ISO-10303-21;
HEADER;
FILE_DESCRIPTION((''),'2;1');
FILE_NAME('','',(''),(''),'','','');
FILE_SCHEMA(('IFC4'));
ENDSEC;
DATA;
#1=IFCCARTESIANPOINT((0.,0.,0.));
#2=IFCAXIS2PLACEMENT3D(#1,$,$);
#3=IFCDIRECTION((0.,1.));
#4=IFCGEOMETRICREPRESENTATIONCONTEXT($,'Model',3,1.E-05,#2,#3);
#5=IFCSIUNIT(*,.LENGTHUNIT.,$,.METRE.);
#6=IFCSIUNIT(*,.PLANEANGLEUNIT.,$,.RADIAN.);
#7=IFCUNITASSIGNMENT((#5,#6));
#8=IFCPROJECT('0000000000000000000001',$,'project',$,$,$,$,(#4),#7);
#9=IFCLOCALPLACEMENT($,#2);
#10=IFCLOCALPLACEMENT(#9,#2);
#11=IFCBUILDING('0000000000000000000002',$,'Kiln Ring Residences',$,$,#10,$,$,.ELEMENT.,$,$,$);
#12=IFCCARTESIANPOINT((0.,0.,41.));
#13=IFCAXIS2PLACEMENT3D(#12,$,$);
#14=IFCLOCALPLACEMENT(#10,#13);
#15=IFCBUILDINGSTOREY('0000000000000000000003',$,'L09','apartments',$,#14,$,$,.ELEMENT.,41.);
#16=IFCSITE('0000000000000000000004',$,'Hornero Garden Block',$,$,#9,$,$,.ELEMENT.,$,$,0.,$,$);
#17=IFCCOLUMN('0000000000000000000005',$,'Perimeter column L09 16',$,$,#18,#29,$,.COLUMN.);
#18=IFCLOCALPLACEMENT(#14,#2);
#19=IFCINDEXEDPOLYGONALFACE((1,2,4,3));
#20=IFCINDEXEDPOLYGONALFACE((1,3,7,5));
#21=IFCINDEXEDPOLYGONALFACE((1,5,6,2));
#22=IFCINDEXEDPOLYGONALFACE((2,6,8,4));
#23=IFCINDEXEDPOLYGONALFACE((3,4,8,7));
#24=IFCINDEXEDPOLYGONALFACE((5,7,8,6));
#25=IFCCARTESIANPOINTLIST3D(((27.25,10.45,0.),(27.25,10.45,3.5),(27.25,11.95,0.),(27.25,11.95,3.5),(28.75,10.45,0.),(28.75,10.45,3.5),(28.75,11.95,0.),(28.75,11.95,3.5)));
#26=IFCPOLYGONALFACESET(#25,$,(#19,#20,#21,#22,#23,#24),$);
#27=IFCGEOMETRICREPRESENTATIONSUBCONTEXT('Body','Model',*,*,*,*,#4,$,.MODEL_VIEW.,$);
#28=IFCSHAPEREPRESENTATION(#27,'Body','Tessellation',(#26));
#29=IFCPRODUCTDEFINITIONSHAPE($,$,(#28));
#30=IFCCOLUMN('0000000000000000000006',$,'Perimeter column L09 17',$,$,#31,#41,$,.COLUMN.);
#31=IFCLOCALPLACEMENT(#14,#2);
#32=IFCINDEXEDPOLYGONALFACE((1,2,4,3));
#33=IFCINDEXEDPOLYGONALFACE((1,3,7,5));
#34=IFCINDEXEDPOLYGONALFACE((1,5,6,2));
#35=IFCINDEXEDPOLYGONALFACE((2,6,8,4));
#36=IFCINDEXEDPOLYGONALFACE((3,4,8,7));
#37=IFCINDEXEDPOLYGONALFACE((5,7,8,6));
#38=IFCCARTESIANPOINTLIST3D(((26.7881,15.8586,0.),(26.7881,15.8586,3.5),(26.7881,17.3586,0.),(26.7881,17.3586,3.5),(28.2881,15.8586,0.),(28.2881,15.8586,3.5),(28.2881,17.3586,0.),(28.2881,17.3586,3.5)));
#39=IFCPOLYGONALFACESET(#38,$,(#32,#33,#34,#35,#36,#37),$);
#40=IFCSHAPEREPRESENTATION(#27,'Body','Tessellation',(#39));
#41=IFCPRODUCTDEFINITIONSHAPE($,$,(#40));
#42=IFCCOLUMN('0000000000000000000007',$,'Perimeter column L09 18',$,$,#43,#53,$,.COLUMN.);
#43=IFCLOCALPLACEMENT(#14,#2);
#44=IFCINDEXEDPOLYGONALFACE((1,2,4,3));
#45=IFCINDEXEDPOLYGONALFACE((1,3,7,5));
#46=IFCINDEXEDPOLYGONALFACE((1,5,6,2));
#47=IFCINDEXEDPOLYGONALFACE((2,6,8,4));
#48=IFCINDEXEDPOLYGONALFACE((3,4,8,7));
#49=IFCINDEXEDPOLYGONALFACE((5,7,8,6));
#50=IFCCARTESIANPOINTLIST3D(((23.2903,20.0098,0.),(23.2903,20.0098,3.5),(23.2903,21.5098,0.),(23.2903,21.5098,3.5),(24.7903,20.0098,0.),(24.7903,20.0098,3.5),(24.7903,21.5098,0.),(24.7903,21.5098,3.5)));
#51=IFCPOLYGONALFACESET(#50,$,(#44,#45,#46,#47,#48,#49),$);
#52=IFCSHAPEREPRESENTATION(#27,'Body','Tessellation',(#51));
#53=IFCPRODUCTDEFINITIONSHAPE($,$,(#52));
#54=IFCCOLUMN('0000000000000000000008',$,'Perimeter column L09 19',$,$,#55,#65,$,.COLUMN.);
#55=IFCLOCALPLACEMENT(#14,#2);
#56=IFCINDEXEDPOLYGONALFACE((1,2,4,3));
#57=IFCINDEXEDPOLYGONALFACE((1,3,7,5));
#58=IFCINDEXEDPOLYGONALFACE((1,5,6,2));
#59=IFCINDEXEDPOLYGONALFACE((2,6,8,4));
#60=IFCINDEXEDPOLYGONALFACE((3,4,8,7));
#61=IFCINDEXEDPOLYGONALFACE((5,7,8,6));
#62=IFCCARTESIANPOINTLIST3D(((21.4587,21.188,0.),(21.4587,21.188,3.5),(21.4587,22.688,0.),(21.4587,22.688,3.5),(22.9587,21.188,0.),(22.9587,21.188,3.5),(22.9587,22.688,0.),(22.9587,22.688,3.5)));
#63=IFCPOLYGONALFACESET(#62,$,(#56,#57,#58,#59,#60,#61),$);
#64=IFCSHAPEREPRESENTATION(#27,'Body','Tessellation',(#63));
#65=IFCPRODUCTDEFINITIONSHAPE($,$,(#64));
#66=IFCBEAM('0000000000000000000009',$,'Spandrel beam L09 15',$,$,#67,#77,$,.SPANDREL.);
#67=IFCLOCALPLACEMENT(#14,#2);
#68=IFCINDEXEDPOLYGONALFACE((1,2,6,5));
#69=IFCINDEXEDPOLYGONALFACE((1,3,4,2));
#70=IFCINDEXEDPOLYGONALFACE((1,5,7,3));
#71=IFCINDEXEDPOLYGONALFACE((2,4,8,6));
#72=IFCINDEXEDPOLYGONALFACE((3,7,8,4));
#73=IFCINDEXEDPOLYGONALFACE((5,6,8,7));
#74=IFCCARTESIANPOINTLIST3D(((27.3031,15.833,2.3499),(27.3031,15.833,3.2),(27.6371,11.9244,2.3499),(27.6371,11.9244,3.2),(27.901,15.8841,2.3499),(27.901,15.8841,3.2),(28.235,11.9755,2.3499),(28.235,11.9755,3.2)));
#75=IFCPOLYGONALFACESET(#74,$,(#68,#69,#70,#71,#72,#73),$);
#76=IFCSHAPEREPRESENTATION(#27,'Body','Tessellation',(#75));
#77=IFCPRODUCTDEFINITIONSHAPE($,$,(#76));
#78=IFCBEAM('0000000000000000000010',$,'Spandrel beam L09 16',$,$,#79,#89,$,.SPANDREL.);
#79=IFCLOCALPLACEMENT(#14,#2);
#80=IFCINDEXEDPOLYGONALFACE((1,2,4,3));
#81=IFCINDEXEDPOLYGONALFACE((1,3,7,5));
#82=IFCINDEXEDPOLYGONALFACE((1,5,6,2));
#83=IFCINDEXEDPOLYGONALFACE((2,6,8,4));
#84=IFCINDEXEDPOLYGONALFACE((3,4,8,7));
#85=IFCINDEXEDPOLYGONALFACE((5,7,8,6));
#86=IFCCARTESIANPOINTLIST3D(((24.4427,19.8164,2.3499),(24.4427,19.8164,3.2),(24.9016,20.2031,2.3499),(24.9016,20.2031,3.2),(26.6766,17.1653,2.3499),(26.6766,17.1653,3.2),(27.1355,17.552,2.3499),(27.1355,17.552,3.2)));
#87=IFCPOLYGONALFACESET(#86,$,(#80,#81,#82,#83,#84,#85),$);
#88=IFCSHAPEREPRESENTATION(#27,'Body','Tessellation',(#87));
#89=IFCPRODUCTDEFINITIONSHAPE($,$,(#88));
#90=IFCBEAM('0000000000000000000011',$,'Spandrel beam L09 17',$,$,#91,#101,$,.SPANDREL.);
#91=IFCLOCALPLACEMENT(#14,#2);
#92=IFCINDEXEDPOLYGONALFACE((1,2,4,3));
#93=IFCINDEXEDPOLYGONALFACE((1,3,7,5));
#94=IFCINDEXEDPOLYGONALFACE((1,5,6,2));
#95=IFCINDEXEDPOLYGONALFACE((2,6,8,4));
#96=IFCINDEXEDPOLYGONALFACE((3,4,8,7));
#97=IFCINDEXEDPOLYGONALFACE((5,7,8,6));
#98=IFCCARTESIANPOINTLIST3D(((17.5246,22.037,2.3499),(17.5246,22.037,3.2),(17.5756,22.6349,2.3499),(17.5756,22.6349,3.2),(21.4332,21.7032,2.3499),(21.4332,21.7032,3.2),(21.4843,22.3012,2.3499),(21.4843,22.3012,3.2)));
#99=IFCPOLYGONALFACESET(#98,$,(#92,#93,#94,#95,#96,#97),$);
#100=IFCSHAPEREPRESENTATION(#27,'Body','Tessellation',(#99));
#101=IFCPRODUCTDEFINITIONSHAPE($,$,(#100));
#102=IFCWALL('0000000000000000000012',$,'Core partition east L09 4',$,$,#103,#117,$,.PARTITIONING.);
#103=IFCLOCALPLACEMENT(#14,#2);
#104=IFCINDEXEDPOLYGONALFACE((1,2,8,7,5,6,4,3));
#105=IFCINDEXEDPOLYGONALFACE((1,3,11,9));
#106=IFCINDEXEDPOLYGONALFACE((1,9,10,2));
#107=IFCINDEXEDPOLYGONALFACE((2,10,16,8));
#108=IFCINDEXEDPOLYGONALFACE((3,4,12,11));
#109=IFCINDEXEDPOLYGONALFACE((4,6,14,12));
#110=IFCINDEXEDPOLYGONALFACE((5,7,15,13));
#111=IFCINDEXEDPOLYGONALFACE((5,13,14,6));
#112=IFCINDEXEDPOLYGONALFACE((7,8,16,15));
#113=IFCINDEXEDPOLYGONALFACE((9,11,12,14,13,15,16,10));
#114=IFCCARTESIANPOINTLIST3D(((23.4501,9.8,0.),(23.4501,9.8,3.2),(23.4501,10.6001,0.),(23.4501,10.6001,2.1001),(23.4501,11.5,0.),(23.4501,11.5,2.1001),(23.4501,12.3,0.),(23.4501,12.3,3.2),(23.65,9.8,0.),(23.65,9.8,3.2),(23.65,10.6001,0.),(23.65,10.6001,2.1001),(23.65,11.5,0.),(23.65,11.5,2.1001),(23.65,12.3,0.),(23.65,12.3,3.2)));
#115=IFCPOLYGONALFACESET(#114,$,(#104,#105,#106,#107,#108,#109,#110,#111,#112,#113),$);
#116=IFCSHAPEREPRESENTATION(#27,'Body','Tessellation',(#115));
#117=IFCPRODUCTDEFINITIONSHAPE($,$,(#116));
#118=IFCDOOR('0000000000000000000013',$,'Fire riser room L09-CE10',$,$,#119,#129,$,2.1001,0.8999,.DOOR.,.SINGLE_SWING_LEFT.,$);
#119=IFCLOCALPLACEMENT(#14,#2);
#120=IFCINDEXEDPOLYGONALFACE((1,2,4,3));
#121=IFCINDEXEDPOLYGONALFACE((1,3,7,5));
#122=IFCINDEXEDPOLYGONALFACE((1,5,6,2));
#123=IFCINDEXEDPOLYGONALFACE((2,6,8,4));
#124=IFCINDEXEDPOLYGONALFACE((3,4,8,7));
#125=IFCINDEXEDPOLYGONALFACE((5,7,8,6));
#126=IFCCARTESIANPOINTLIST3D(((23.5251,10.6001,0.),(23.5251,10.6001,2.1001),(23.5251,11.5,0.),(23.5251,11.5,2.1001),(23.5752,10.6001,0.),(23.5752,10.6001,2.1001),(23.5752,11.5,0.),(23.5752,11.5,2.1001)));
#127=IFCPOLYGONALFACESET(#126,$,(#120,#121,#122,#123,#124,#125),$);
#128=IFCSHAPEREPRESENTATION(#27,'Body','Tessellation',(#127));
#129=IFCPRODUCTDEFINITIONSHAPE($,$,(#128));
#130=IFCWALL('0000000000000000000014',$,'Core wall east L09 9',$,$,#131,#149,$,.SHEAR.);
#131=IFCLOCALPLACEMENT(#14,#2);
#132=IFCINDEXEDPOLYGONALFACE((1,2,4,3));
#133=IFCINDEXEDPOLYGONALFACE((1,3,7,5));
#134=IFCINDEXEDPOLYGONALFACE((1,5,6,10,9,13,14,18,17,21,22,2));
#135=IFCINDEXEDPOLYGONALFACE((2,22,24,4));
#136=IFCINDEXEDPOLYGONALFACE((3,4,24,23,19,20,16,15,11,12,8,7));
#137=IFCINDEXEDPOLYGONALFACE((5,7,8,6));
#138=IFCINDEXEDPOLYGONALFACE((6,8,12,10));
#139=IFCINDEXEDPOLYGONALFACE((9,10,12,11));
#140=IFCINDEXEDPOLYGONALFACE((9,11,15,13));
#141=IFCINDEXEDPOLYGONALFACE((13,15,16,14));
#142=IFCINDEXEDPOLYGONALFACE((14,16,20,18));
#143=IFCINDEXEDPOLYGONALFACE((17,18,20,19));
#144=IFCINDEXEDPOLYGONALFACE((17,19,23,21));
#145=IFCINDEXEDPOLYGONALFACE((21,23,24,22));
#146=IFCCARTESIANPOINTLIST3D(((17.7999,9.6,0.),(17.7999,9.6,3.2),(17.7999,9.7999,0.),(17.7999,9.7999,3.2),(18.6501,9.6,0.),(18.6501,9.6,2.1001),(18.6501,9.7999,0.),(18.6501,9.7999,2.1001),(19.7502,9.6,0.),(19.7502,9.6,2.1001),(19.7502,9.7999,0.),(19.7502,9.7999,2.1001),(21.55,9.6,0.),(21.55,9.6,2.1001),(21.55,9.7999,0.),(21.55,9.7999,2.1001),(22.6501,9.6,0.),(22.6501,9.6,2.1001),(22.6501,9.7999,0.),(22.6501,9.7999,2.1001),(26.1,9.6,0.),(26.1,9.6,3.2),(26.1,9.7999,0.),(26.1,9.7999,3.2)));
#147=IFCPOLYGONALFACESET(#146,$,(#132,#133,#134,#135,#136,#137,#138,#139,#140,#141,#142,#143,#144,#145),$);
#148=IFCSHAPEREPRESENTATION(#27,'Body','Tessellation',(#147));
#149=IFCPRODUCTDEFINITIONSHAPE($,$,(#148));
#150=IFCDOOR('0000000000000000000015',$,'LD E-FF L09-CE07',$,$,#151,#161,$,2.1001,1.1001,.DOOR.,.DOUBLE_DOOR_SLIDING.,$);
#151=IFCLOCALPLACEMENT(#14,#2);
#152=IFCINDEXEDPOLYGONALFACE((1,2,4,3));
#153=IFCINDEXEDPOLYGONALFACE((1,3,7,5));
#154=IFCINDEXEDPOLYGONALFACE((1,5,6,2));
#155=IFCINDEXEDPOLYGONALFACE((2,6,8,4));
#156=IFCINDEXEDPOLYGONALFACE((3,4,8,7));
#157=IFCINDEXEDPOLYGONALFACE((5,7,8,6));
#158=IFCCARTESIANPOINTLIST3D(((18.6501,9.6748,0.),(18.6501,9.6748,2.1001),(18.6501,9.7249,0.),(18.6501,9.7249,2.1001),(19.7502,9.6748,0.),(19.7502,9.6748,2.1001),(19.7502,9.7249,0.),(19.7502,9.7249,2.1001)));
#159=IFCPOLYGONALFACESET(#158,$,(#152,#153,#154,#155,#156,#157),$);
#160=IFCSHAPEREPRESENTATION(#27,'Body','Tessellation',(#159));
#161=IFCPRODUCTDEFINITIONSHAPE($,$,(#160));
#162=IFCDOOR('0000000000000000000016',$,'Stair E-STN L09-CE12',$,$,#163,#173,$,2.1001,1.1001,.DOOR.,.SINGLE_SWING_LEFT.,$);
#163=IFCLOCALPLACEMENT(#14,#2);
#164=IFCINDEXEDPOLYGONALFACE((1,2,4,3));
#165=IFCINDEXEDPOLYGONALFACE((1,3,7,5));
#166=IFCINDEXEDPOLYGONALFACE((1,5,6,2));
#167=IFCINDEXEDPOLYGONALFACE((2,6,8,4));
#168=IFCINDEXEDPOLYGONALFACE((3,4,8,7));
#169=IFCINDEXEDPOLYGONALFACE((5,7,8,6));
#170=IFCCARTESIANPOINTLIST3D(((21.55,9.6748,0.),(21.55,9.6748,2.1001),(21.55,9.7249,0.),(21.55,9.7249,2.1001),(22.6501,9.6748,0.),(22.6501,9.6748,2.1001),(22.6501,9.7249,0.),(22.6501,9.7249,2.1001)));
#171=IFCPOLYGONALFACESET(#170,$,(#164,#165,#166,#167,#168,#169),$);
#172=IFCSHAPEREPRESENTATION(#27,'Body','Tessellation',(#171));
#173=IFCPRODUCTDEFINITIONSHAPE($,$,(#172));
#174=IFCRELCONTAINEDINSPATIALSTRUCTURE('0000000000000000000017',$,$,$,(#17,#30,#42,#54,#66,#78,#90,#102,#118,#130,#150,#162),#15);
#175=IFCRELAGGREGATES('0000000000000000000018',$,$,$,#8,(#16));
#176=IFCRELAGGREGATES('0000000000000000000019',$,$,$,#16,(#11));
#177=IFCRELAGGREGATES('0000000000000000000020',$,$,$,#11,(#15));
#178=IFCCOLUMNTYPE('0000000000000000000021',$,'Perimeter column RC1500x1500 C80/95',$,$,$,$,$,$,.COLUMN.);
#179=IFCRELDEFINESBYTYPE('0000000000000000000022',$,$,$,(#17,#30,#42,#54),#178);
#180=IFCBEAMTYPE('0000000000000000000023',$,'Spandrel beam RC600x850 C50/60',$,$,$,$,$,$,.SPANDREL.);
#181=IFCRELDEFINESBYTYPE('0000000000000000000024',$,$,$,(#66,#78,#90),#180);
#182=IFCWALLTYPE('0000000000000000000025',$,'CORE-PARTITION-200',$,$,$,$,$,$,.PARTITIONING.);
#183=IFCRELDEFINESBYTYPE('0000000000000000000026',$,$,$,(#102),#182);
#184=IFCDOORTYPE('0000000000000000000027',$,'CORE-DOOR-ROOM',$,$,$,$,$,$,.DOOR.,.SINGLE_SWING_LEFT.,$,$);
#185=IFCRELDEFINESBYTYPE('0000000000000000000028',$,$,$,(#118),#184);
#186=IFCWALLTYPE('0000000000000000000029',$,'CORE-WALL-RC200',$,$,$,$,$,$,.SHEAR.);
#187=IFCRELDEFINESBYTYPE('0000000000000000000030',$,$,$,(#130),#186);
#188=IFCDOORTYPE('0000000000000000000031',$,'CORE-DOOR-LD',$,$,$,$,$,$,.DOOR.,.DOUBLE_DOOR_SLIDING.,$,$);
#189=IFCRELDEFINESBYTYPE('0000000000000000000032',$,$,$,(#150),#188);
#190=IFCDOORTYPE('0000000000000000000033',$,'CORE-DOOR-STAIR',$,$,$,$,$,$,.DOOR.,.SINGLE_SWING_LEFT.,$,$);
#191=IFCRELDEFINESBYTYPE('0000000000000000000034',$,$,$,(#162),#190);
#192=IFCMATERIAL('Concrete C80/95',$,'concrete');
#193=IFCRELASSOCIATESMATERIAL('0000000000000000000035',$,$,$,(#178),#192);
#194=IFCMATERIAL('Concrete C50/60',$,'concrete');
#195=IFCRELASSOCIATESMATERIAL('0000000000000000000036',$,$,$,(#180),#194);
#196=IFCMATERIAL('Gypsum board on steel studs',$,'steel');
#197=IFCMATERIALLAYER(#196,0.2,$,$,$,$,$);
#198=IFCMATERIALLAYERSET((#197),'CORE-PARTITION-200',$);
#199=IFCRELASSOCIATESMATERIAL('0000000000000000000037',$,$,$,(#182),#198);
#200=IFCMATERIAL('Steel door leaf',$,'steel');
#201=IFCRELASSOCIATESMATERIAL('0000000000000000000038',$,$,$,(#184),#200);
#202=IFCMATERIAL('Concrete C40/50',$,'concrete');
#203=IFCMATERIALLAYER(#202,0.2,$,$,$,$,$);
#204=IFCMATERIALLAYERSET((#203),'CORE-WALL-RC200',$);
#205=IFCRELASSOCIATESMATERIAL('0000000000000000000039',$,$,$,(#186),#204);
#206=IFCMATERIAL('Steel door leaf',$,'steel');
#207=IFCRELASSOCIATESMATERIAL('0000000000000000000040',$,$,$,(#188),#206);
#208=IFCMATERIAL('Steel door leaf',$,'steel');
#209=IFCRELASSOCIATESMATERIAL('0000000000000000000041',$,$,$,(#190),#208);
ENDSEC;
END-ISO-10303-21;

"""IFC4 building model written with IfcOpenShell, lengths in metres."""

from ifc_helpers import new_model, si_unit, direction, frame, frame_2d, origin, origin_2d, place, context, subcontext, project, spatial, rectangle, extrude, material, layer, layer_set, material_profile, profile_set, type_object, element, fill, save


model = new_model("IFC4")

# Units and contexts
model_context = context("Model", 3, precision=1e-05, world=origin(), true_north=direction((0.0, 1.0)))
body_context = subcontext(model_context, "Body", "Model", "MODEL_VIEW")
ifc_project = project(units=[si_unit("LENGTHUNIT", "METRE"), si_unit("PLANEANGLEUNIT", "RADIAN")], contexts=[model_context])

# Site, building, storey
site_placement = place(None, origin())
site = spatial("IfcSite", under=ifc_project, at=site_placement, Name="Hornero Garden Block", CompositionType="ELEMENT", RefElevation=0.0)
building_placement = place(site_placement, origin())
building = spatial("IfcBuilding", under=site, at=building_placement, Name="Kiln Ring Residences", CompositionType="ELEMENT")
storey_placement = place(building_placement, frame((0.0, 0.0, 41.0)))
storey = spatial("IfcBuildingStorey", under=building, at=storey_placement, Name="L09", Description="apartments", CompositionType="ELEMENT", Elevation=41.0)

# Columns
ifc_material_1 = material(Name="Concrete C80/95", Category="concrete")
ifc_material_profile_1 = material_profile(ifc_material_1, rectangle(XDim=1.5, YDim=1.5, at=origin_2d()), Name="RC1500x1500")
ifc_profile_set_1 = profile_set([ifc_material_profile_1], Name="Concrete C80/95")
column_type = type_object("IfcColumnType", Name="Perimeter column RC1500x1500 C80/95", PredefinedType="COLUMN", material=ifc_profile_set_1)
for number, where, z_axis, x_axis, name in (
    (1, (28.0, 11.2, 0.0), (0.0, 0.0, 1.0), (1.0, 0.0, 0.0), "Perimeter column L09 16"),
    (2, (27.5381, 16.6086, 0.0), (0.0, 0.0, 1.0), (1.0, 0.0, 0.0), "Perimeter column L09 17"),
    (3, (24.0403, 20.7598, 0.0), (0.0, 0.0, 1.0), (1.0, 0.0, 0.0), "Perimeter column L09 18"),
    (4, (22.2087, 21.938, 0.0), (0.0, 0.0, 1.0), (1.0, 0.0, 0.0), "Perimeter column L09 19"),
):
    element("IfcColumn", number, at=place(storey_placement, frame(where, z_axis=z_axis, x_axis=x_axis)), inside=storey, type_object=column_type, Name=name, PredefinedType="COLUMN", context=body_context, shape_type="SweptSolid", body=[
        extrude(rectangle(XDim=1.5, YDim=1.5, at=origin_2d()), origin(), (0.0, 0.0, 1.0), 3.5),
    ])

# Beams
ifc_material_2 = material(Name="Concrete C50/60", Category="concrete")
ifc_material_profile_2 = material_profile(ifc_material_2, rectangle(XDim=0.6001, YDim=0.8501, at=origin_2d()), Name="RC600x850")
ifc_profile_set_2 = profile_set([ifc_material_profile_2], Name="Concrete C50/60")
beam_type = type_object("IfcBeamType", Name="Spandrel beam RC600x850 C50/60", PredefinedType="SPANDREL", material=ifc_profile_set_2)
beam_1_placement = place(storey_placement, frame((27.936, 11.95, 2.7749), z_axis=(-0.085136, 0.996369, 0.0), x_axis=(-0.996369, -0.085136, 0.0)))
element("IfcBeam", 5, at=beam_1_placement, inside=storey, type_object=beam_type, Name="Spandrel beam L09 15", PredefinedType="SPANDREL", context=body_context, shape_type="SweptSolid", body=[
    extrude(rectangle(XDim=0.6001, YDim=0.8501, at=origin_2d()), origin(), (0.0, 0.0, 1.0), 3.9229),
])
beam_2_placement = place(storey_placement, frame((26.906, 17.3586, 2.7749), z_axis=(-0.644366, 0.764718, 0.0), x_axis=(-0.764718, -0.644366, 0.0)))
element("IfcBeam", 6, at=beam_2_placement, inside=storey, type_object=beam_type, Name="Spandrel beam L09 16", PredefinedType="SPANDREL", context=body_context, shape_type="SweptSolid", body=[
    extrude(rectangle(XDim=0.6001, YDim=0.8501, at=origin_2d()), origin(), (0.0, 0.0, 1.0), 3.4668),
])
beam_3_placement = place(storey_placement, frame((21.4587, 22.0022, 2.7749), z_axis=(-0.996375, 0.085075, 0.0), x_axis=(-0.085075, -0.996375, 0.0)))
element("IfcBeam", 7, at=beam_3_placement, inside=storey, type_object=beam_type, Name="Spandrel beam L09 17", PredefinedType="SPANDREL", context=body_context, shape_type="SweptSolid", body=[
    extrude(rectangle(XDim=0.6001, YDim=0.8501, at=origin_2d()), origin(), (0.0, 0.0, 1.0), 3.9229),
])

# Wall, opening, door
ifc_material_3 = material(Name="Gypsum board on steel studs", Category="steel")
ifc_layer_1 = layer(ifc_material_3, 0.2)
ifc_layer_set_1 = layer_set([ifc_layer_1], Name="CORE-PARTITION-200")
wall_type_1 = type_object("IfcWallType", Name="CORE-PARTITION-200", PredefinedType="PARTITIONING", material=ifc_layer_set_1)
wall_1_placement = place(storey_placement, frame((23.55, 9.8, 0.0), z_axis=(0.0, 0.0, 1.0), x_axis=(0.0, 1.0, 0.0)))
wall_1 = element("IfcWall", 8, at=wall_1_placement, inside=storey, type_object=wall_type_1, Name="Core partition east L09 4", PredefinedType="PARTITIONING", context=body_context, shape_type="SweptSolid", body=[
    extrude(rectangle(XDim=2.5, YDim=0.2, at=frame_2d((1.25, 0.0))), origin(), (0.0, 0.0, 1.0), 3.2),
])
opening_1_placement = place(wall_1_placement, frame((0.8, 0.0, 0.0)))
opening_1 = element("IfcOpeningElement", 9, at=opening_1_placement, cuts=wall_1, PredefinedType="OPENING", context=body_context, shape_type="SweptSolid", body=[
    extrude(rectangle(XDim=0.8999, YDim=2.1001, at=frame_2d((0.45, 1.05))), frame((0.0, 0.1099, 0.0), z_axis=(0.0, -1.0, 0.0), x_axis=(1.0, 0.0, 0.0)), (0.0, 0.0, 1.0), 0.22),
])
ifc_material_4 = material(Name="Steel door leaf", Category="steel")
door_type_1 = type_object("IfcDoorType", Name="CORE-DOOR-ROOM", OperationType="SINGLE_SWING_LEFT", PredefinedType="DOOR", material=ifc_material_4)
door_1_placement = place(opening_1_placement, origin())
door_1 = element("IfcDoor", 10, at=door_1_placement, inside=storey, type_object=door_type_1, Name="Fire riser room L09-CE10", OperationType="SINGLE_SWING_LEFT", OverallHeight=2.1001, OverallWidth=0.8999, PredefinedType="DOOR", context=body_context, shape_type="SweptSolid", body=[
    extrude(rectangle(XDim=0.8999, YDim=2.1001, at=frame_2d((0.45, 1.05))), frame((0.0, 0.0249, 0.0), z_axis=(0.0, -1.0, 0.0), x_axis=(1.0, 0.0, 0.0)), (0.0, 0.0, 1.0), 0.05),
])
fill(opening_1, door_1)

# Wall, openings, doors
ifc_material_5 = material(Name="Concrete C40/50", Category="concrete")
ifc_layer_2 = layer(ifc_material_5, 0.2)
ifc_layer_set_2 = layer_set([ifc_layer_2], Name="CORE-WALL-RC200")
wall_type_2 = type_object("IfcWallType", Name="CORE-WALL-RC200", PredefinedType="SHEAR", material=ifc_layer_set_2)
wall_2_placement = place(storey_placement, frame((17.8, 9.7, 0.0), z_axis=(0.0, 0.0, 1.0), x_axis=(1.0, 0.0, 0.0)))
wall_2 = element("IfcWall", 11, at=wall_2_placement, inside=storey, type_object=wall_type_2, Name="Core wall east L09 9", PredefinedType="SHEAR", context=body_context, shape_type="SweptSolid", body=[
    extrude(rectangle(XDim=8.3, YDim=0.2, at=frame_2d((4.1499, 0.0))), origin(), (0.0, 0.0, 1.0), 3.2),
])
opening_2_placement = place(wall_2_placement, frame((0.8501, 0.0, 0.0)))
opening_2 = element("IfcOpeningElement", 12, at=opening_2_placement, cuts=wall_2, PredefinedType="OPENING", context=body_context, shape_type="SweptSolid", body=[
    extrude(rectangle(XDim=1.1001, YDim=2.1001, at=frame_2d((0.55, 1.05))), frame((0.0, 0.1099, 0.0), z_axis=(0.0, -1.0, 0.0), x_axis=(1.0, 0.0, 0.0)), (0.0, 0.0, 1.0), 0.22),
])
opening_3_placement = place(wall_2_placement, frame((3.75, 0.0, 0.0)))
opening_3 = element("IfcOpeningElement", 13, at=opening_3_placement, cuts=wall_2, PredefinedType="OPENING", context=body_context, shape_type="SweptSolid", body=[
    extrude(rectangle(XDim=1.1001, YDim=2.1001, at=frame_2d((0.55, 1.05))), frame((0.0, 0.1099, 0.0), z_axis=(0.0, -1.0, 0.0), x_axis=(1.0, 0.0, 0.0)), (0.0, 0.0, 1.0), 0.22),
])
ifc_material_6 = material(Name="Steel door leaf", Category="steel")
door_type_2 = type_object("IfcDoorType", Name="CORE-DOOR-LD", OperationType="DOUBLE_DOOR_SLIDING", PredefinedType="DOOR", material=ifc_material_6)
door_2_placement = place(opening_2_placement, origin())
door_2 = element("IfcDoor", 14, at=door_2_placement, inside=storey, type_object=door_type_2, Name="LD E-FF L09-CE07", OperationType="DOUBLE_DOOR_SLIDING", OverallHeight=2.1001, OverallWidth=1.1001, PredefinedType="DOOR", context=body_context, shape_type="SweptSolid", body=[
    extrude(rectangle(XDim=1.1001, YDim=2.1001, at=frame_2d((0.55, 1.05))), frame((0.0, 0.0249, 0.0), z_axis=(0.0, -1.0, 0.0), x_axis=(1.0, 0.0, 0.0)), (0.0, 0.0, 1.0), 0.05),
])
fill(opening_2, door_2)
ifc_material_7 = material(Name="Steel door leaf", Category="steel")
door_type_3 = type_object("IfcDoorType", Name="CORE-DOOR-STAIR", OperationType="SINGLE_SWING_LEFT", PredefinedType="DOOR", material=ifc_material_7)
door_3_placement = place(opening_3_placement, origin())
door_3 = element("IfcDoor", 15, at=door_3_placement, inside=storey, type_object=door_type_3, Name="Stair E-STN L09-CE12", OperationType="SINGLE_SWING_LEFT", OverallHeight=2.1001, OverallWidth=1.1001, PredefinedType="DOOR", context=body_context, shape_type="SweptSolid", body=[
    extrude(rectangle(XDim=1.1001, YDim=2.1001, at=frame_2d((0.55, 1.05))), frame((0.0, 0.0249, 0.0), z_axis=(0.0, -1.0, 0.0), x_axis=(1.0, 0.0, 0.0)), (0.0, 0.0, 1.0), 0.05),
])
fill(opening_3, door_3)

save(model, "model.ifc")
